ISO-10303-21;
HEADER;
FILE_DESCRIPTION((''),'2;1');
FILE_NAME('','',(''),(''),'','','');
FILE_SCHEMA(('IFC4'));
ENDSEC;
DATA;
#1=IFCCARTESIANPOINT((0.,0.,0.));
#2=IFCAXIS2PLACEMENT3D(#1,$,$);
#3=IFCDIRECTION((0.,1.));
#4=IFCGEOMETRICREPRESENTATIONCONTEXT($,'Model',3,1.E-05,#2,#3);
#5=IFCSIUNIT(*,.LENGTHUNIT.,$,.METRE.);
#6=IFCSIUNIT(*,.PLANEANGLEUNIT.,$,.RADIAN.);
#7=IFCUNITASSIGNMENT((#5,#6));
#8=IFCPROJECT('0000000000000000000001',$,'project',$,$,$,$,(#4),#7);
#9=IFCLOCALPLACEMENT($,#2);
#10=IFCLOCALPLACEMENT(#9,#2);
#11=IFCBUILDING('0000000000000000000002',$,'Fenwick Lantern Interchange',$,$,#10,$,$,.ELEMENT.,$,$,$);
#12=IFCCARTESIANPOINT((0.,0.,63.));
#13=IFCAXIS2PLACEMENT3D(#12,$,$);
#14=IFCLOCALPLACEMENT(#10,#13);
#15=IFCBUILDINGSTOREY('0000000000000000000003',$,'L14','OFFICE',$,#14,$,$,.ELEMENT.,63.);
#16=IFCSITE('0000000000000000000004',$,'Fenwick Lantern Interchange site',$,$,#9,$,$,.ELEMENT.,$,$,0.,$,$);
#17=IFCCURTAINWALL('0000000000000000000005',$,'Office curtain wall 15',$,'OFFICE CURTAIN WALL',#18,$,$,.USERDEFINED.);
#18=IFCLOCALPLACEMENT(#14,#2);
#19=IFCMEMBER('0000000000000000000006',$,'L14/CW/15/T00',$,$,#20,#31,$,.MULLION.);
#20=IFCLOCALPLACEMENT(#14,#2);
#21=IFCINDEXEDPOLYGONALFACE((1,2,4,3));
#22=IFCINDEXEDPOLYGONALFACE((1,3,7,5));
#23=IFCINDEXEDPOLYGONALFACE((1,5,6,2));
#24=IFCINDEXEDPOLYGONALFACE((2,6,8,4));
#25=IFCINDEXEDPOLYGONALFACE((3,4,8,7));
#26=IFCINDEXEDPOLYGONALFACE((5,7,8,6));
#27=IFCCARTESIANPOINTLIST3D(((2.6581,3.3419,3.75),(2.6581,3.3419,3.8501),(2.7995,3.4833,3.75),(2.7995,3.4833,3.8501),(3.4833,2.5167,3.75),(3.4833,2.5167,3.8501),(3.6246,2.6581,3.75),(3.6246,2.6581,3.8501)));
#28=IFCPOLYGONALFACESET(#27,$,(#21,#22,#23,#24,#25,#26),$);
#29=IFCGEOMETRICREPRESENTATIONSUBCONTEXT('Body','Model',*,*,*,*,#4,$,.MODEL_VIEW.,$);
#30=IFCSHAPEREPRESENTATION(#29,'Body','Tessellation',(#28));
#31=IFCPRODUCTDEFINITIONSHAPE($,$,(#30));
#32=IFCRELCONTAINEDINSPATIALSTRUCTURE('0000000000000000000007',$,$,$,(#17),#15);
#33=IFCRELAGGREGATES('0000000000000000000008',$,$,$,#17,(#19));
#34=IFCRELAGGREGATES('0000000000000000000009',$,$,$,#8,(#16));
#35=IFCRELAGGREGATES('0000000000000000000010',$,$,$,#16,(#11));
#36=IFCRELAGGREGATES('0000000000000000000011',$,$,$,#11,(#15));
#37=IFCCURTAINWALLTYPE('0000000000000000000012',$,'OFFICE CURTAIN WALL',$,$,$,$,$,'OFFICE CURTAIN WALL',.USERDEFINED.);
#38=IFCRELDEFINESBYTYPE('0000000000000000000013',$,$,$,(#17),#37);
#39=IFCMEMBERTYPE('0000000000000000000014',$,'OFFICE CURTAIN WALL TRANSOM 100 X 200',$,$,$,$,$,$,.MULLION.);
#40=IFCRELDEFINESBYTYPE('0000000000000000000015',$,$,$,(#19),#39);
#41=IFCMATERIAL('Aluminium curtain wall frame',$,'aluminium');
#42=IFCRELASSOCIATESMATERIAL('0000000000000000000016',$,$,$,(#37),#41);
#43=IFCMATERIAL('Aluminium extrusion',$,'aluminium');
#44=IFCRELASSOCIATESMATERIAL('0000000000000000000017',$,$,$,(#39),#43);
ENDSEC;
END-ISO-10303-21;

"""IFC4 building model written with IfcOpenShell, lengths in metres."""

from ifc_helpers import new_model, si_unit, direction, frame, origin, origin_2d, place, context, subcontext, project, spatial, rectangle, extrude, material, material_profile, profile_set, type_object, element, aggregate, save


model = new_model("IFC4")

# Units and contexts
model_context = context("Model", 3, precision=1e-05, world=origin(), true_north=direction((0.0, 1.0)))
body_context = subcontext(model_context, "Body", "Model", "MODEL_VIEW")
ifc_project = project(units=[si_unit("LENGTHUNIT", "METRE"), si_unit("PLANEANGLEUNIT", "RADIAN")], contexts=[model_context])

# Site, building, storey
site_placement = place(None, origin())
site = spatial("IfcSite", under=ifc_project, at=site_placement, Name="Fenwick Lantern Interchange site", CompositionType="ELEMENT", RefElevation=0.0)
building_placement = place(site_placement, origin())
building = spatial("IfcBuilding", under=site, at=building_placement, Name="Fenwick Lantern Interchange", CompositionType="ELEMENT")
storey_placement = place(building_placement, frame((0.0, 0.0, 63.0)))
storey = spatial("IfcBuildingStorey", under=building, at=storey_placement, Name="L14", Description="OFFICE", CompositionType="ELEMENT", Elevation=63.0)

# Curtain wall
ifc_material_1 = material(Name="Aluminium curtain wall frame", Category="aluminium")
curtain_wall_type = type_object("IfcCurtainWallType", Name="OFFICE CURTAIN WALL", ElementType="OFFICE CURTAIN WALL", PredefinedType="USERDEFINED", material=ifc_material_1)
ifc_material_2 = material(Name="Aluminium extrusion", Category="aluminium")
curtain_wall_1_placement = place(storey_placement, origin())
curtain_wall_1 = element("IfcCurtainWall", 1, at=curtain_wall_1_placement, inside=storey, type_object=curtain_wall_type, Name="Office curtain wall 15", ObjectType="OFFICE CURTAIN WALL", PredefinedType="USERDEFINED")

# Member
ifc_material_profile_1 = material_profile(ifc_material_2, rectangle(XDim=0.2, YDim=0.1001, at=origin_2d()), Name="OFFICE CURTAIN WALL TRANSOM 100 X 200")
ifc_profile_set_1 = profile_set([ifc_material_profile_1], Name="Aluminium extrusion")
member_type_1 = type_object("IfcMemberType", Name="OFFICE CURTAIN WALL TRANSOM 100 X 200", PredefinedType="MULLION", material=ifc_profile_set_1)
member_1_placement = place(storey_placement, frame((2.7288, 3.4126, 3.8), z_axis=(0.707107, -0.707107, 0.0), x_axis=(0.707107, 0.707107, 0.0)))
member_1 = element("IfcMember", 2, at=member_1_placement, type_object=member_type_1, Name="L14/CW/15/T00", PredefinedType="MULLION", context=body_context, shape_type="SweptSolid", body=[
    extrude(rectangle(XDim=0.2, YDim=0.1001, at=origin_2d()), origin(), (0.0, 0.0, 1.0), 1.167),
])
aggregate(curtain_wall_1, [member_1])

save(model, "model.ifc")
